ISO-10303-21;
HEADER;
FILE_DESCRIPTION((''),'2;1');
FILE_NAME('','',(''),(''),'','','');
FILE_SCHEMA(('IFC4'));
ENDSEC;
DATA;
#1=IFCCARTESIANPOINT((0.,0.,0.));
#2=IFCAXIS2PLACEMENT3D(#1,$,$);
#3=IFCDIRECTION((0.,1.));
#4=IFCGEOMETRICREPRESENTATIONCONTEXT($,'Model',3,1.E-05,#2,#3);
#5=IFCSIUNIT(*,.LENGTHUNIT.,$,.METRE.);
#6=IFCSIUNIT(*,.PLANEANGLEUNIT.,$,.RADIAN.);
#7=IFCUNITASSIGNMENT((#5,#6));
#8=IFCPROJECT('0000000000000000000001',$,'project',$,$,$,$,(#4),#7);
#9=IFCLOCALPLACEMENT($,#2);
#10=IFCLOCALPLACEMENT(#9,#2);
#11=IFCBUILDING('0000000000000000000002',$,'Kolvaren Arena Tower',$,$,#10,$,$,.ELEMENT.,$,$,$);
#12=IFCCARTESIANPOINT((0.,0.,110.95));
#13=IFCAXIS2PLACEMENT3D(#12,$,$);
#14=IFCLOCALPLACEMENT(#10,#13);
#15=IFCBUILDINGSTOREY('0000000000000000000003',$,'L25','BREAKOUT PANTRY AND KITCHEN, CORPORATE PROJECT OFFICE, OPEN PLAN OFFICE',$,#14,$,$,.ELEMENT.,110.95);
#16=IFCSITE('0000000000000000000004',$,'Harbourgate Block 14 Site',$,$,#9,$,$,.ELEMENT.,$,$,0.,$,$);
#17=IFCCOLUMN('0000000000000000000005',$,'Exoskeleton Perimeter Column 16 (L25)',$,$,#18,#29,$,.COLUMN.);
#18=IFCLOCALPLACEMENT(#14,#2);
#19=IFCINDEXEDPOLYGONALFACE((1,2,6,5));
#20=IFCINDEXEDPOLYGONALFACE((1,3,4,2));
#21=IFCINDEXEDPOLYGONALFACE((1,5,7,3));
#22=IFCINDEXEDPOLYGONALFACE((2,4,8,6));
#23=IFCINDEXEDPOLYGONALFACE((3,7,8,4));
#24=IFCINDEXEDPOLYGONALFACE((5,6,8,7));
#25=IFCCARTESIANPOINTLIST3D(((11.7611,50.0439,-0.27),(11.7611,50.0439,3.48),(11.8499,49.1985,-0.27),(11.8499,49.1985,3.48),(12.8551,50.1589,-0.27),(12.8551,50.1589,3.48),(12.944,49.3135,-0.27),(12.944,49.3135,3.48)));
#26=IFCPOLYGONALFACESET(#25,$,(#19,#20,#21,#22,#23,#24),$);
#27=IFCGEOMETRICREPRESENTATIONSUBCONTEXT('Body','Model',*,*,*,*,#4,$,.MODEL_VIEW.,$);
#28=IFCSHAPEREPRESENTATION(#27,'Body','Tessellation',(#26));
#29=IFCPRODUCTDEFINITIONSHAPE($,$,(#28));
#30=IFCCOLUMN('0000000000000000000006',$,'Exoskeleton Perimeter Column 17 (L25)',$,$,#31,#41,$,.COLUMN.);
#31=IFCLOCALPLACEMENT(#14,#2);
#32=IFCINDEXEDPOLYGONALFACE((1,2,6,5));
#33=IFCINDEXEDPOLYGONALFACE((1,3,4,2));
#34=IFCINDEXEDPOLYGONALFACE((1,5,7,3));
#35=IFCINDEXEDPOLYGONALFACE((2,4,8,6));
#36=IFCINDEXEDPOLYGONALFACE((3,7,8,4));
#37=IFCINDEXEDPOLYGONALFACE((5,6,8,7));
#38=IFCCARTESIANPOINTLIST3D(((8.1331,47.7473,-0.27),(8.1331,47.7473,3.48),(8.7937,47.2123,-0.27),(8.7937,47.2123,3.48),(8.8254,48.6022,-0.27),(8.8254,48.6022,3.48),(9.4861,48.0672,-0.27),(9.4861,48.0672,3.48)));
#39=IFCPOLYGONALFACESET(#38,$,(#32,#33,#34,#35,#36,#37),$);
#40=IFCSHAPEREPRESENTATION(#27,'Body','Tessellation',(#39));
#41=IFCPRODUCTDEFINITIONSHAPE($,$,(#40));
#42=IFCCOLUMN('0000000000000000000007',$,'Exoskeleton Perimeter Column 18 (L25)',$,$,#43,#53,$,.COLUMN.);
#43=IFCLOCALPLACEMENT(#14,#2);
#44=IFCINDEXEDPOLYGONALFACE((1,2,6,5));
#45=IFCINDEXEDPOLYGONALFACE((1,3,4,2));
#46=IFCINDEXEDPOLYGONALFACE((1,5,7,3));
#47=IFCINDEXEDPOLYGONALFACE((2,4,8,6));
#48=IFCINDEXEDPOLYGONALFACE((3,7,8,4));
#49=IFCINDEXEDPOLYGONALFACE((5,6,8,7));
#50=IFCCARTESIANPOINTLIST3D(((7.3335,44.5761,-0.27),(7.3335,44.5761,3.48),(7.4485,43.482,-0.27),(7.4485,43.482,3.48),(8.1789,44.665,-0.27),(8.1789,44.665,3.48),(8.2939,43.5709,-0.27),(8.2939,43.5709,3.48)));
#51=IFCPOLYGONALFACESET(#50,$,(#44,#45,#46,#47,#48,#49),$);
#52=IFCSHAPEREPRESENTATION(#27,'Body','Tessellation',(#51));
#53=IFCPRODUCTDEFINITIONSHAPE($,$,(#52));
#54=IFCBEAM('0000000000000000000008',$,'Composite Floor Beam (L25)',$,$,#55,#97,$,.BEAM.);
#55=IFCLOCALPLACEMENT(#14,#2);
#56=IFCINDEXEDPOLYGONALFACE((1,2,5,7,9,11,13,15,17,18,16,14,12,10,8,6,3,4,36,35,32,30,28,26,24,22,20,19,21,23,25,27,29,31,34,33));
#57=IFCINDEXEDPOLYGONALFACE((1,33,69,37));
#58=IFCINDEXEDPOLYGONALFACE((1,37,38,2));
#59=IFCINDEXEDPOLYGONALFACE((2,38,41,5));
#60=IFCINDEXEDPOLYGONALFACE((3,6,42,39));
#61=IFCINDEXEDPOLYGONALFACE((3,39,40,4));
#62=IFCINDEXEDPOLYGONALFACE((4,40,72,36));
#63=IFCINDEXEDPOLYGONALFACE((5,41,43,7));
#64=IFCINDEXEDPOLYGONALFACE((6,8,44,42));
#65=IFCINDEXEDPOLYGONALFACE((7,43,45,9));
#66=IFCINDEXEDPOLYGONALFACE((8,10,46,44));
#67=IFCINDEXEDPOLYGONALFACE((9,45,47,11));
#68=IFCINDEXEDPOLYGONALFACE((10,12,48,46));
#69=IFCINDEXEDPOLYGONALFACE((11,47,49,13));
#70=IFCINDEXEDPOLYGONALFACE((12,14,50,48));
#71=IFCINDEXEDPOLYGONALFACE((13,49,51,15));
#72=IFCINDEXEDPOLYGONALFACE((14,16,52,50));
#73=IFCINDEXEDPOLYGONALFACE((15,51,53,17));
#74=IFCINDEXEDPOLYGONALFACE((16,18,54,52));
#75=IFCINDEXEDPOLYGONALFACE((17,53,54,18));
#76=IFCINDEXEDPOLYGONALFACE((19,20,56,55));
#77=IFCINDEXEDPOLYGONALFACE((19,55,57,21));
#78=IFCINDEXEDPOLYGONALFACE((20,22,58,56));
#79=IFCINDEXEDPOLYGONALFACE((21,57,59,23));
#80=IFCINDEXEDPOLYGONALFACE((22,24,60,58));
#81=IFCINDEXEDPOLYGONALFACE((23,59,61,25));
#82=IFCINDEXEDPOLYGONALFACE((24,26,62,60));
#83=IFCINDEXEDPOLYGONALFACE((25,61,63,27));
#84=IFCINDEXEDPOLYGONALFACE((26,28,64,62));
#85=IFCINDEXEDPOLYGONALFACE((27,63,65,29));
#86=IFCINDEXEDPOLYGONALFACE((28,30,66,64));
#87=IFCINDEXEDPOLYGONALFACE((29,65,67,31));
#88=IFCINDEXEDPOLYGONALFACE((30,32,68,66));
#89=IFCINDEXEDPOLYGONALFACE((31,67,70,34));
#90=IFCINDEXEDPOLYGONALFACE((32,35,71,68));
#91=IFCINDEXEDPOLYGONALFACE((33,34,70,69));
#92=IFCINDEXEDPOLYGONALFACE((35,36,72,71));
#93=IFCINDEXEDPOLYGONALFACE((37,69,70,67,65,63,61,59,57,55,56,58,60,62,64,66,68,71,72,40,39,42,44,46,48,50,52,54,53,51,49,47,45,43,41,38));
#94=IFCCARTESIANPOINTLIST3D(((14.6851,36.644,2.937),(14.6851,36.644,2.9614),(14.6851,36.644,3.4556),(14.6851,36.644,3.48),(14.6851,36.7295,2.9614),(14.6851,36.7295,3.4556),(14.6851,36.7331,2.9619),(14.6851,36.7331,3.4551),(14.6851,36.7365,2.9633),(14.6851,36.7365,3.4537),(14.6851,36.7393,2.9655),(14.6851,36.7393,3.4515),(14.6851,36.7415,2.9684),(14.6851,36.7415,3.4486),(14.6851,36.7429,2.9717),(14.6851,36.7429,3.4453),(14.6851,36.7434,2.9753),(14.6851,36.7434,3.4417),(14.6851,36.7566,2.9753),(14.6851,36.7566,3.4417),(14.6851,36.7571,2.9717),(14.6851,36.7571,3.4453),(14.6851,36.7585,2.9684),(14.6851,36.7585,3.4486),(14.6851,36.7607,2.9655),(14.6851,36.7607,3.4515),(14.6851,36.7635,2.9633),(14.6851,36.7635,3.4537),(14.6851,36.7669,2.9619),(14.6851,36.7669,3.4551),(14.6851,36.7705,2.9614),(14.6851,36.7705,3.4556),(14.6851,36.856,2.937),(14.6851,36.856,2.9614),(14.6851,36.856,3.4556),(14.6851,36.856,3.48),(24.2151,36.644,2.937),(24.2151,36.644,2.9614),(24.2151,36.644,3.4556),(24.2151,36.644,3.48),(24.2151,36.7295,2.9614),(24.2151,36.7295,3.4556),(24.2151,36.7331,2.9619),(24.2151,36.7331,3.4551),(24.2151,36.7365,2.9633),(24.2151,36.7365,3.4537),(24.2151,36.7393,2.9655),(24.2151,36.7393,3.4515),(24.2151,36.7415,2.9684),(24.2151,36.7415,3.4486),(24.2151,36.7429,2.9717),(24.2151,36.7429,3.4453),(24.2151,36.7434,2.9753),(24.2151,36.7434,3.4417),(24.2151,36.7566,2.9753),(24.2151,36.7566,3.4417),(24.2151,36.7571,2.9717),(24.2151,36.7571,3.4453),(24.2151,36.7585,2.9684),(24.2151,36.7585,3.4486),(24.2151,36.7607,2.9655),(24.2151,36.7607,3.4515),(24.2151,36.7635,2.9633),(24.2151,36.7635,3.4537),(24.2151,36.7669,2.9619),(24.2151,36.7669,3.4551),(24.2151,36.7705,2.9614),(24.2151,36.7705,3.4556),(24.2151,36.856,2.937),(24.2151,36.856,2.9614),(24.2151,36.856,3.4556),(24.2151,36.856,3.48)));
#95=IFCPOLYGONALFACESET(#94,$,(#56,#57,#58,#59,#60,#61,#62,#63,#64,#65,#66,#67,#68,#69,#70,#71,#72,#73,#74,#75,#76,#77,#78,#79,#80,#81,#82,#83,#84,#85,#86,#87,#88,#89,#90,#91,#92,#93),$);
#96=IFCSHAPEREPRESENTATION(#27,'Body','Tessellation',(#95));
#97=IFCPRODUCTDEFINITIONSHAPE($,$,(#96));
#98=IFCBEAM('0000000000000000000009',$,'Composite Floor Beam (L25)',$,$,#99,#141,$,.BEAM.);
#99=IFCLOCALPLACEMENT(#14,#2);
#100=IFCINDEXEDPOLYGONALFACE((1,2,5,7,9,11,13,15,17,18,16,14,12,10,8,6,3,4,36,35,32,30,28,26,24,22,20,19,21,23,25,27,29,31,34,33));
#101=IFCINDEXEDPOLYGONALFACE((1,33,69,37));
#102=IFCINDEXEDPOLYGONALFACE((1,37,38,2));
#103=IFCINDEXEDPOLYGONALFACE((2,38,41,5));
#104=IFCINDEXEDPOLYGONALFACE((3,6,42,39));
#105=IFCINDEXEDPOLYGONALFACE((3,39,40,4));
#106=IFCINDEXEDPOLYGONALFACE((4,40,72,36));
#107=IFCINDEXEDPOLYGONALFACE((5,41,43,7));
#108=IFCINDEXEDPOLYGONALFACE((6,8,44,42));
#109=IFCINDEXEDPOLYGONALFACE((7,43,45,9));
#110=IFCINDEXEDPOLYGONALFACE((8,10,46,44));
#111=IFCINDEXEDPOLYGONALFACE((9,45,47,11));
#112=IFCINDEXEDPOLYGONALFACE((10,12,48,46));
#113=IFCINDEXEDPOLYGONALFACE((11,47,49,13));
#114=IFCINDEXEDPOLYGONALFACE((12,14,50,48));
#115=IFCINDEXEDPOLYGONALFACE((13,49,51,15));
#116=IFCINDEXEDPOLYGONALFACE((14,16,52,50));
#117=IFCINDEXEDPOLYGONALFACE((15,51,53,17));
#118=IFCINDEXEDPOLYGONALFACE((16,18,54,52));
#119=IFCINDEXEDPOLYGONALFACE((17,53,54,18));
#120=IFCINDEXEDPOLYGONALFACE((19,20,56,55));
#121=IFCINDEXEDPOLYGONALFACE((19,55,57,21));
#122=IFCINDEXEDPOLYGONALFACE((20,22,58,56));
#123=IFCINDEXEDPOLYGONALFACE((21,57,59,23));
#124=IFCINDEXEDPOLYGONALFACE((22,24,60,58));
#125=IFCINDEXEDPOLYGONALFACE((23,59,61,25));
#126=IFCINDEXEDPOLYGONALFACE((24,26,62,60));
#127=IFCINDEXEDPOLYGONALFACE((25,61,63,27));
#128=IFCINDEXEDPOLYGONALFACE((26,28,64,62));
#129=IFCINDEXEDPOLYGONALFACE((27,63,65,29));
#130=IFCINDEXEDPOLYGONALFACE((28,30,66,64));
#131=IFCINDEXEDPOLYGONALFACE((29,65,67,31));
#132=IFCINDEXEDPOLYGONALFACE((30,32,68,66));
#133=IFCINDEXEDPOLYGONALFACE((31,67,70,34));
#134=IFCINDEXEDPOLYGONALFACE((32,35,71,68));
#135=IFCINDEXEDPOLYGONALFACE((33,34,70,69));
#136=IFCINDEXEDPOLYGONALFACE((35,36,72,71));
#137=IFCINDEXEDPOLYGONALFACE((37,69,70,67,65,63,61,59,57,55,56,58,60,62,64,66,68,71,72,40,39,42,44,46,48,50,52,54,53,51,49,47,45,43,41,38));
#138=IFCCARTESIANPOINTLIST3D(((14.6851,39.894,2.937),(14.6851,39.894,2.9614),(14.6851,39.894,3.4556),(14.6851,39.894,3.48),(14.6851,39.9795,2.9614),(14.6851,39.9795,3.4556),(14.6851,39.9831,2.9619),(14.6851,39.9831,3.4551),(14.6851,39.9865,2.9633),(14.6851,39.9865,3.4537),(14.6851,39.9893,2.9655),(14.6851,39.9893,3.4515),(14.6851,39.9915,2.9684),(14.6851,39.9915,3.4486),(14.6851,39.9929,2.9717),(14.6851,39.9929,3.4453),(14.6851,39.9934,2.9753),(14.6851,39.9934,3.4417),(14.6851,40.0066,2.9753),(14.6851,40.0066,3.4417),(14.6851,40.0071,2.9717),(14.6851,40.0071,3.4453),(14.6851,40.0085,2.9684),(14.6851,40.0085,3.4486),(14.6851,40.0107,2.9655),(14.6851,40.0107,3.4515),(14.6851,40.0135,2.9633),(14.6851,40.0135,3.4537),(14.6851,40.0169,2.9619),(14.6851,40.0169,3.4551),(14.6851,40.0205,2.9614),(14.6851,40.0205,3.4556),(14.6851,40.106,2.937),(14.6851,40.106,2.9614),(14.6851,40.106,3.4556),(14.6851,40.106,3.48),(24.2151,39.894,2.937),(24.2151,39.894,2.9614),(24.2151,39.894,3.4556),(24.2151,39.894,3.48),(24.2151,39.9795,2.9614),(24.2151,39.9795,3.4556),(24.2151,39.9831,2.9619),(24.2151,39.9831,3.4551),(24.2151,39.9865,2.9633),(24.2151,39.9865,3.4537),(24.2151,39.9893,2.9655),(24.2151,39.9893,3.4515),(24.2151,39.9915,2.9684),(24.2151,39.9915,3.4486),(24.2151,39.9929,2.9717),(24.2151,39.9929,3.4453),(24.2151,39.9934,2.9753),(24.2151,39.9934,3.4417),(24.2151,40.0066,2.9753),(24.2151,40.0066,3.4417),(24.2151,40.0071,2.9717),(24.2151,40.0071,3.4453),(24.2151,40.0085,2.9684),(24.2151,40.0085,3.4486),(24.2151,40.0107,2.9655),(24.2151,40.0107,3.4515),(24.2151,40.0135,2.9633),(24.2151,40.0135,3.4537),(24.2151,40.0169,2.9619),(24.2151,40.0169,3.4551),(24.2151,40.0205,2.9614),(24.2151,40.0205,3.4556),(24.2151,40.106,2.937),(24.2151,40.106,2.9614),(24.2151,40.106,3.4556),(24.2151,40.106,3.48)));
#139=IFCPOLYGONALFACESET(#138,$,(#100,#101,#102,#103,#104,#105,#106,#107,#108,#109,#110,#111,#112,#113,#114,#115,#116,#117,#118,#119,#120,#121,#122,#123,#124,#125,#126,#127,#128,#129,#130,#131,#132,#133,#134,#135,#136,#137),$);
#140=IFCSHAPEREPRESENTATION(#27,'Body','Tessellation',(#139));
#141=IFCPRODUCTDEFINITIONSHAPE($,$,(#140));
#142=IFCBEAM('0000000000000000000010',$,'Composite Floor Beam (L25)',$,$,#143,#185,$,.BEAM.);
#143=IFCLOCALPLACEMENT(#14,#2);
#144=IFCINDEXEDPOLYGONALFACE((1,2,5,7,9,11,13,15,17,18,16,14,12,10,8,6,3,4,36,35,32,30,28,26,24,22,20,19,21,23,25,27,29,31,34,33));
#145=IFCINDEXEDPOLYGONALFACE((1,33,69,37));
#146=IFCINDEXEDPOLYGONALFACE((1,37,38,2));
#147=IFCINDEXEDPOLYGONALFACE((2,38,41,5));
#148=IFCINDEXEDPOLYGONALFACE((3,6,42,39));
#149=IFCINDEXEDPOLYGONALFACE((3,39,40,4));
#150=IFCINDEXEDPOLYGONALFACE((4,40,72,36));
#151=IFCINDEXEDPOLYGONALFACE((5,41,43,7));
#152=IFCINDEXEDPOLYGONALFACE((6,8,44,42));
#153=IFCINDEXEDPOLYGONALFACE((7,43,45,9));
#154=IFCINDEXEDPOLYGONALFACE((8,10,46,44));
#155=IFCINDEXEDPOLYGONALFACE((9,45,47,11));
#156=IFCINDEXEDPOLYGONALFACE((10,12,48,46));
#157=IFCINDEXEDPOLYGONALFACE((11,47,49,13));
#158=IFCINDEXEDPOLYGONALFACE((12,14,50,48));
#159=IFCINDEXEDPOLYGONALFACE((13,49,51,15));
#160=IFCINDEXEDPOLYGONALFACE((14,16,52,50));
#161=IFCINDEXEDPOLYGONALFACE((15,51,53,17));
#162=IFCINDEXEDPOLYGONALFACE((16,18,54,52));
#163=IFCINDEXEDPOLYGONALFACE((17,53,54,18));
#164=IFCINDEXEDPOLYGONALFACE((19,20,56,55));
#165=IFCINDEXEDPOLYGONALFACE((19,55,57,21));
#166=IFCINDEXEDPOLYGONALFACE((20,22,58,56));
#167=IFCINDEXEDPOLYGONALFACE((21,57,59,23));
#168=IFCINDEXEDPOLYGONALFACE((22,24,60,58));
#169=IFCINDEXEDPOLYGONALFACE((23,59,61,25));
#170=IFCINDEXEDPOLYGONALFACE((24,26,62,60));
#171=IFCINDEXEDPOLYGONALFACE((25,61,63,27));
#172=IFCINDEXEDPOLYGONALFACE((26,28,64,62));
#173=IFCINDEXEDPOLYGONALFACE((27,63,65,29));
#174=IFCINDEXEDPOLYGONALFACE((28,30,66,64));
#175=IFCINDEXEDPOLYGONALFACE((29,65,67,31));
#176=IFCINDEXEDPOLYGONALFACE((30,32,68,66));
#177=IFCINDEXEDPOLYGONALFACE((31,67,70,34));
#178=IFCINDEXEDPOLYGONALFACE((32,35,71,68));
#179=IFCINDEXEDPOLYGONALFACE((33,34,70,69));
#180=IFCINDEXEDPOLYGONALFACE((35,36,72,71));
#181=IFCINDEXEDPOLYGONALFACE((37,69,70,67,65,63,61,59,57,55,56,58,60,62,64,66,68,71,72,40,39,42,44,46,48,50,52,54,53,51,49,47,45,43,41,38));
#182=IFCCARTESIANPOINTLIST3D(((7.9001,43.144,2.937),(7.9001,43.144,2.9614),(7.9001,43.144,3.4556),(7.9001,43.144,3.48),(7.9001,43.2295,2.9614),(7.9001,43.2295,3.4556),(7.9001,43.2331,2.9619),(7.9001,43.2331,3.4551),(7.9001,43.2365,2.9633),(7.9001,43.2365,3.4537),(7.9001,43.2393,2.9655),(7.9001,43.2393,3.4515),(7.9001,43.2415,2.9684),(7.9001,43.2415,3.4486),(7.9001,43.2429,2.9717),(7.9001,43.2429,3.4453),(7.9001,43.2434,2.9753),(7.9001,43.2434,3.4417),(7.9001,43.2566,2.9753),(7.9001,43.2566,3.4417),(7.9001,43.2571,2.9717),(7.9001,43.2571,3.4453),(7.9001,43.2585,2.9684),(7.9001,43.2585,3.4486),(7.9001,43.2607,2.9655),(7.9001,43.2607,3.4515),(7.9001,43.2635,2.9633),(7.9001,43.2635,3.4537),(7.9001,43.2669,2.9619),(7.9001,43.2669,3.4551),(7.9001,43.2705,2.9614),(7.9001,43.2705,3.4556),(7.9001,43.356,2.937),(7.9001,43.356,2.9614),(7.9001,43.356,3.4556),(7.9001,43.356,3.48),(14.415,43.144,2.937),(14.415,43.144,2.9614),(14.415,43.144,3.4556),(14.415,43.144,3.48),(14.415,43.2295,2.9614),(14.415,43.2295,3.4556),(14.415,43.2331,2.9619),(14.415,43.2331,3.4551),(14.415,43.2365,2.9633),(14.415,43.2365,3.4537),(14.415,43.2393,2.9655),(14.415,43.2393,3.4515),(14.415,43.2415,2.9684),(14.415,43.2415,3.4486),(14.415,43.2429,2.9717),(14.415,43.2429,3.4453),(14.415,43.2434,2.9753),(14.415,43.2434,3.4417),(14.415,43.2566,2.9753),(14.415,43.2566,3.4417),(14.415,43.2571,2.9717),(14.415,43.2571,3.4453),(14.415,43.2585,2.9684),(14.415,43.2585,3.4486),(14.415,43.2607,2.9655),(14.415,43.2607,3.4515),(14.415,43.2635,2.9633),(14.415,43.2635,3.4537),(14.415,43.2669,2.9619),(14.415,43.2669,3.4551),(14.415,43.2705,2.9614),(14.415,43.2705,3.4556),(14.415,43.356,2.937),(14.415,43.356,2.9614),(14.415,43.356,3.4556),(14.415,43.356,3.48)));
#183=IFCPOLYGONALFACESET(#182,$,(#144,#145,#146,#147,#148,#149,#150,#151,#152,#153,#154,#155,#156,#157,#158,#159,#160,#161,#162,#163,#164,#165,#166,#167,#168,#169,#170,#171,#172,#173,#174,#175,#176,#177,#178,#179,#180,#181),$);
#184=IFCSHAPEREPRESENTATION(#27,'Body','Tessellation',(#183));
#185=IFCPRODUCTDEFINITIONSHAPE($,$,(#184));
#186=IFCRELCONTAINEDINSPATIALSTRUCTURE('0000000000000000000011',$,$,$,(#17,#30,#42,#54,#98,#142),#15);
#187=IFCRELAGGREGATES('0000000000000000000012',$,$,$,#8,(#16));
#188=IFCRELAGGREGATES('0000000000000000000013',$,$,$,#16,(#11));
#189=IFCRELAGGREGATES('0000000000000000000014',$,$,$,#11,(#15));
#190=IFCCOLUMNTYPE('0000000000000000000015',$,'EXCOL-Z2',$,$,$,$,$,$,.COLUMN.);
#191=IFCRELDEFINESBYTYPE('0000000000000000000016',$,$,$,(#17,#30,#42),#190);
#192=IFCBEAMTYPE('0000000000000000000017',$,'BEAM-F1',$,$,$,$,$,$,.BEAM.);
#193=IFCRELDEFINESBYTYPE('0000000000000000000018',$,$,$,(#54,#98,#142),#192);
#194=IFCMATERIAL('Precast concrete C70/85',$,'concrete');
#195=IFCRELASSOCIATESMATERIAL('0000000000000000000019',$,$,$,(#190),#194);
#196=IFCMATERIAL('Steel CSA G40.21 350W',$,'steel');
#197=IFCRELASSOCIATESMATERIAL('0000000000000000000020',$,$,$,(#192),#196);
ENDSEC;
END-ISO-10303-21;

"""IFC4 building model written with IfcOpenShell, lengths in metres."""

from ifc_helpers import new_model, si_unit, direction, frame, origin, origin_2d, place, context, subcontext, project, spatial, rectangle, i_section, extrude, material, material_profile, profile_set, type_object, element, save


model = new_model("IFC4")

# Units and contexts
model_context = context("Model", 3, precision=1e-05, world=origin(), true_north=direction((0.0, 1.0)))
body_context = subcontext(model_context, "Body", "Model", "MODEL_VIEW")
ifc_project = project(units=[si_unit("LENGTHUNIT", "METRE"), si_unit("PLANEANGLEUNIT", "RADIAN")], contexts=[model_context])

# Site, building, storey
site_placement = place(None, origin())
site = spatial("IfcSite", under=ifc_project, at=site_placement, Name="Harbourgate Block 14 Site", CompositionType="ELEMENT", RefElevation=0.0)
building_placement = place(site_placement, origin())
building = spatial("IfcBuilding", under=site, at=building_placement, Name="Kolvaren Arena Tower", CompositionType="ELEMENT")
storey_placement = place(building_placement, frame((0.0, 0.0, 110.95)))
storey = spatial("IfcBuildingStorey", under=building, at=storey_placement, Name="L25", Description="BREAKOUT PANTRY AND KITCHEN, CORPORATE PROJECT OFFICE, OPEN PLAN OFFICE", CompositionType="ELEMENT", Elevation=110.95)

# Columns
ifc_material_1 = material(Name="Precast concrete C70/85", Category="concrete")
ifc_material_profile_1 = material_profile(ifc_material_1, rectangle(XDim=1.1001, YDim=0.8501, at=origin_2d()), Name="RC-1100x850")
ifc_profile_set_1 = profile_set([ifc_material_profile_1], Name="Precast concrete C70/85")
column_type = type_object("IfcColumnType", Name="EXCOL-Z2", PredefinedType="COLUMN", material=ifc_profile_set_1)
for number, where, z_axis, x_axis, name in (
    (1, (12.3525, 49.6787, -0.27), (0.0, 0.0, 1.0), (0.994522, 0.104528, 0.0), "Exoskeleton Perimeter Column 16 (L25)"),
    (2, (8.8096, 47.9072, -0.27), (0.0, 0.0, 1.0), (0.62932, 0.777146, 0.0), "Exoskeleton Perimeter Column 17 (L25)"),
    (3, (7.8137, 44.0735, -0.27), (0.0, 0.0, 1.0), (-0.104528, 0.994522, 0.0), "Exoskeleton Perimeter Column 18 (L25)"),
):
    element("IfcColumn", number, at=place(storey_placement, frame(where, z_axis=z_axis, x_axis=x_axis)), inside=storey, type_object=column_type, Name=name, PredefinedType="COLUMN", context=body_context, shape_type="SweptSolid", body=[
        extrude(rectangle(XDim=1.1001, YDim=0.8501, at=origin_2d()), origin(), (0.0, 0.0, 1.0), 3.75),
    ])

# Beams
ifc_material_2 = material(Name="Steel CSA G40.21 350W", Category="steel")
ifc_material_profile_2 = material_profile(ifc_material_2, i_section(OverallWidth=0.2119, OverallDepth=0.543, WebThickness=0.0132, FlangeThickness=0.0244, FilletRadius=0.0139, at=origin_2d()), Name="W530x150")
ifc_profile_set_2 = profile_set([ifc_material_profile_2], Name="Steel CSA G40.21 350W")
beam_type_1 = type_object("IfcBeamType", Name="BEAM-F1", PredefinedType="BEAM", material=ifc_profile_set_2)
for number, where, z_axis, x_axis, name in (
    (4, (14.6851, 36.75, 3.2085), (1.0, 0.0, 0.0), (0.0, 1.0, 0.0), "Composite Floor Beam (L25)"),
    (5, (14.6851, 40.0, 3.2085), (1.0, 0.0, 0.0), (0.0, 1.0, 0.0), "Composite Floor Beam (L25)"),
):
    element("IfcBeam", number, at=place(storey_placement, frame(where, z_axis=z_axis, x_axis=x_axis)), inside=storey, type_object=beam_type_1, Name=name, PredefinedType="BEAM", context=body_context, shape_type="SweptSolid", body=[
        extrude(i_section(OverallWidth=0.2119, OverallDepth=0.543, WebThickness=0.0132, FlangeThickness=0.0244, FilletRadius=0.0139, at=origin_2d()), origin(), (0.0, 0.0, 1.0), 9.53),
    ])
beam_1_placement = place(storey_placement, frame((7.9001, 43.25, 3.2085), z_axis=(1.0, 0.0, 0.0), x_axis=(0.0, 1.0, 0.0)))
element("IfcBeam", 6, at=beam_1_placement, inside=storey, type_object=beam_type_1, Name="Composite Floor Beam (L25)", PredefinedType="BEAM", context=body_context, shape_type="SweptSolid", body=[
    extrude(i_section(OverallWidth=0.2119, OverallDepth=0.543, WebThickness=0.0132, FlangeThickness=0.0244, FilletRadius=0.0139, at=origin_2d()), origin(), (0.0, 0.0, 1.0), 6.5149),
])

save(model, "model.ifc")
